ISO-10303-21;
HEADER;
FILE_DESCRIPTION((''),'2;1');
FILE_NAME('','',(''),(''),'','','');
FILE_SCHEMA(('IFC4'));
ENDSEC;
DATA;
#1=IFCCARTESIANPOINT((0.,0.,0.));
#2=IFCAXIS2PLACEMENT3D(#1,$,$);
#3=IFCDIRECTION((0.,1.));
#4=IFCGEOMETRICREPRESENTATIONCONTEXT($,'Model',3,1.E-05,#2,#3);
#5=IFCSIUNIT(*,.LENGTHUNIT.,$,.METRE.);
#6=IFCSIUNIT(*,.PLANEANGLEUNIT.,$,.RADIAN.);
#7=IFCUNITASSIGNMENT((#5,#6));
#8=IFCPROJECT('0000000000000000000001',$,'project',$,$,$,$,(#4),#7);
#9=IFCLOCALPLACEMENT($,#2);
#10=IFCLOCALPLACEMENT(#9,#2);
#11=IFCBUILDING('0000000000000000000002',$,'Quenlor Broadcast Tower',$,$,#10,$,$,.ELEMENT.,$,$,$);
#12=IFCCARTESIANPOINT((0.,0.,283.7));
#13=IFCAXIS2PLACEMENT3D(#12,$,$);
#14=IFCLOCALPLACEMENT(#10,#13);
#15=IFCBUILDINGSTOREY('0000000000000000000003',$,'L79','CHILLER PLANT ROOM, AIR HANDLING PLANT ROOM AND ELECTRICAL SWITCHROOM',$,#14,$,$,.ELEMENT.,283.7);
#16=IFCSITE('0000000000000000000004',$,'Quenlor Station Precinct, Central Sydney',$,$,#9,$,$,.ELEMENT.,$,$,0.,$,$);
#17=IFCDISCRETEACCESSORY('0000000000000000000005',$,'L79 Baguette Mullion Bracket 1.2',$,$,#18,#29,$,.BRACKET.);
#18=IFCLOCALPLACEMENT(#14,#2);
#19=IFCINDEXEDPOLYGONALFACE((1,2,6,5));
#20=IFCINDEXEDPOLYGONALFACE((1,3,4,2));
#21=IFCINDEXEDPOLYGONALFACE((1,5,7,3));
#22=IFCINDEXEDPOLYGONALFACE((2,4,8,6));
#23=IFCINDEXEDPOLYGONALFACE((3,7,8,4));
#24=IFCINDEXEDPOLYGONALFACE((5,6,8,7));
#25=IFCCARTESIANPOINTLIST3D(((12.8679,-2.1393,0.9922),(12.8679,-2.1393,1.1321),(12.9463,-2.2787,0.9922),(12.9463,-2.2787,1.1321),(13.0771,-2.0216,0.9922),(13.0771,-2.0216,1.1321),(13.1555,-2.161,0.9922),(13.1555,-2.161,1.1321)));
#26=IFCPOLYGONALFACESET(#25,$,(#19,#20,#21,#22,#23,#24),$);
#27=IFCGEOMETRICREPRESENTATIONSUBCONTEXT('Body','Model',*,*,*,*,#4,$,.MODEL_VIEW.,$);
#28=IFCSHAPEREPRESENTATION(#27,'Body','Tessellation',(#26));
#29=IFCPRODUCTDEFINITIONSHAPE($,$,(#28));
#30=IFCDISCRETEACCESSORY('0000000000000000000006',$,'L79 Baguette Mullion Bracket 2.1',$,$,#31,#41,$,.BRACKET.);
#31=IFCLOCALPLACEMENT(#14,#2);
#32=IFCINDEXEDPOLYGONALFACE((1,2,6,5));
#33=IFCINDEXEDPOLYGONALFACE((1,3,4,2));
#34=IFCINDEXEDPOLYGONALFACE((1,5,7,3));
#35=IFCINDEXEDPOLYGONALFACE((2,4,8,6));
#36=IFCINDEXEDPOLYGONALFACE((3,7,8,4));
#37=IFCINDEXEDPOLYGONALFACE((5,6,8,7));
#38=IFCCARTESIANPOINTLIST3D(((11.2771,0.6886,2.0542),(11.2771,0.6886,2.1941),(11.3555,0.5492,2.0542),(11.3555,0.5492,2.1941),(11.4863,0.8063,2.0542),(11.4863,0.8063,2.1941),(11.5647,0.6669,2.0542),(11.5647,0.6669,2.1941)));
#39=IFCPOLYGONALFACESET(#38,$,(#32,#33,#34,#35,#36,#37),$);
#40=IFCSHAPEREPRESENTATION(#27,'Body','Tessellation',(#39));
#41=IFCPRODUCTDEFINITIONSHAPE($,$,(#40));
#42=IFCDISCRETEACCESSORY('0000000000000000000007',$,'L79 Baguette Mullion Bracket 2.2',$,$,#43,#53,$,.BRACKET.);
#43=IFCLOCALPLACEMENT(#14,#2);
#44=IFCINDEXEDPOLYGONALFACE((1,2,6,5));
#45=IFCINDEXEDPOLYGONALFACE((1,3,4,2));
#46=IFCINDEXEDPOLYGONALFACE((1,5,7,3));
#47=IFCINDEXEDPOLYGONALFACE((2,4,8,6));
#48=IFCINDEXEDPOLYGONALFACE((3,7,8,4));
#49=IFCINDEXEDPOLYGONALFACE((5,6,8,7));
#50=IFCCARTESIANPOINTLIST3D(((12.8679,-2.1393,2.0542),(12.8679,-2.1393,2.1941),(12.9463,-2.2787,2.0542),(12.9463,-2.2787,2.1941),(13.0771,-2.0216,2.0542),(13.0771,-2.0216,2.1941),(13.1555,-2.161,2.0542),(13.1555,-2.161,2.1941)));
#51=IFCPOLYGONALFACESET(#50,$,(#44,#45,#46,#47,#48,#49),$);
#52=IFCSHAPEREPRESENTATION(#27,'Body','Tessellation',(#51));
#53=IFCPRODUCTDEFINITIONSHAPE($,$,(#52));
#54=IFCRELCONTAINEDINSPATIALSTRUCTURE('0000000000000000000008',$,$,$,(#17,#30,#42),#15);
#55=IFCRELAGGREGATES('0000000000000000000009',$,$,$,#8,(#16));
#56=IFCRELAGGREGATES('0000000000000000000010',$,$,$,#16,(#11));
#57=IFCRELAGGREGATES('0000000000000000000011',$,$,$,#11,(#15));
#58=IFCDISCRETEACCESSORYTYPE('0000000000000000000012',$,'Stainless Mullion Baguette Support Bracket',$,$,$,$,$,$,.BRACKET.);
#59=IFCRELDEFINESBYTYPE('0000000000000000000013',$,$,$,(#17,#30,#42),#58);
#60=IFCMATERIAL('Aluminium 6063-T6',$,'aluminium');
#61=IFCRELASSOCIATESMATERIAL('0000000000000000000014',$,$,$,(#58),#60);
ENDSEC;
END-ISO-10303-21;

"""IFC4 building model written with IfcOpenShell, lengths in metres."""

from ifc_helpers import new_model, si_unit, direction, frame, origin, origin_2d, place, context, subcontext, project, spatial, rectangle, extrude, material, type_object, element, save


model = new_model("IFC4")

# Units and contexts
model_context = context("Model", 3, precision=1e-05, world=origin(), true_north=direction((0.0, 1.0)))
body_context = subcontext(model_context, "Body", "Model", "MODEL_VIEW")
ifc_project = project(units=[si_unit("LENGTHUNIT", "METRE"), si_unit("PLANEANGLEUNIT", "RADIAN")], contexts=[model_context])

# Site, building, storey
site_placement = place(None, origin())
site = spatial("IfcSite", under=ifc_project, at=site_placement, Name="Quenlor Station Precinct, Central Sydney", CompositionType="ELEMENT", RefElevation=0.0)
building_placement = place(site_placement, origin())
building = spatial("IfcBuilding", under=site, at=building_placement, Name="Quenlor Broadcast Tower", CompositionType="ELEMENT")
storey_placement = place(building_placement, frame((0.0, 0.0, 283.7)))
storey = spatial("IfcBuildingStorey", under=building, at=storey_placement, Name="L79", Description="CHILLER PLANT ROOM, AIR HANDLING PLANT ROOM AND ELECTRICAL SWITCHROOM", CompositionType="ELEMENT", Elevation=283.7)

# Discrete accessories
ifc_material_1 = material(Name="Aluminium 6063-T6", Category="aluminium")
discrete_accessory_type = type_object("IfcDiscreteAccessoryType", Name="Stainless Mullion Baguette Support Bracket", PredefinedType="BRACKET", material=ifc_material_1)
for number, where, z_axis, x_axis, name in (
    (1, (13.0117, -2.1501, 0.9922), (0.0, 0.0, 1.0), (0.490268, -0.871572, 0.0), "L79 Baguette Mullion Bracket 1.2"),
    (2, (11.4209, 0.6777, 2.0542), (0.0, 0.0, 1.0), (0.490268, -0.871572, 0.0), "L79 Baguette Mullion Bracket 2.1"),
    (3, (13.0117, -2.1501, 2.0542), (0.0, 0.0, 1.0), (0.490268, -0.871572, 0.0), "L79 Baguette Mullion Bracket 2.2"),
):
    element("IfcDiscreteAccessory", number, at=place(storey_placement, frame(where, z_axis=z_axis, x_axis=x_axis)), inside=storey, type_object=discrete_accessory_type, Name=name, PredefinedType="BRACKET", context=body_context, shape_type="SweptSolid", body=[
        extrude(rectangle(XDim=0.1599, YDim=0.24, at=origin_2d()), origin(), (0.0, 0.0, 1.0), 0.1399),
    ])

save(model, "model.ifc")
